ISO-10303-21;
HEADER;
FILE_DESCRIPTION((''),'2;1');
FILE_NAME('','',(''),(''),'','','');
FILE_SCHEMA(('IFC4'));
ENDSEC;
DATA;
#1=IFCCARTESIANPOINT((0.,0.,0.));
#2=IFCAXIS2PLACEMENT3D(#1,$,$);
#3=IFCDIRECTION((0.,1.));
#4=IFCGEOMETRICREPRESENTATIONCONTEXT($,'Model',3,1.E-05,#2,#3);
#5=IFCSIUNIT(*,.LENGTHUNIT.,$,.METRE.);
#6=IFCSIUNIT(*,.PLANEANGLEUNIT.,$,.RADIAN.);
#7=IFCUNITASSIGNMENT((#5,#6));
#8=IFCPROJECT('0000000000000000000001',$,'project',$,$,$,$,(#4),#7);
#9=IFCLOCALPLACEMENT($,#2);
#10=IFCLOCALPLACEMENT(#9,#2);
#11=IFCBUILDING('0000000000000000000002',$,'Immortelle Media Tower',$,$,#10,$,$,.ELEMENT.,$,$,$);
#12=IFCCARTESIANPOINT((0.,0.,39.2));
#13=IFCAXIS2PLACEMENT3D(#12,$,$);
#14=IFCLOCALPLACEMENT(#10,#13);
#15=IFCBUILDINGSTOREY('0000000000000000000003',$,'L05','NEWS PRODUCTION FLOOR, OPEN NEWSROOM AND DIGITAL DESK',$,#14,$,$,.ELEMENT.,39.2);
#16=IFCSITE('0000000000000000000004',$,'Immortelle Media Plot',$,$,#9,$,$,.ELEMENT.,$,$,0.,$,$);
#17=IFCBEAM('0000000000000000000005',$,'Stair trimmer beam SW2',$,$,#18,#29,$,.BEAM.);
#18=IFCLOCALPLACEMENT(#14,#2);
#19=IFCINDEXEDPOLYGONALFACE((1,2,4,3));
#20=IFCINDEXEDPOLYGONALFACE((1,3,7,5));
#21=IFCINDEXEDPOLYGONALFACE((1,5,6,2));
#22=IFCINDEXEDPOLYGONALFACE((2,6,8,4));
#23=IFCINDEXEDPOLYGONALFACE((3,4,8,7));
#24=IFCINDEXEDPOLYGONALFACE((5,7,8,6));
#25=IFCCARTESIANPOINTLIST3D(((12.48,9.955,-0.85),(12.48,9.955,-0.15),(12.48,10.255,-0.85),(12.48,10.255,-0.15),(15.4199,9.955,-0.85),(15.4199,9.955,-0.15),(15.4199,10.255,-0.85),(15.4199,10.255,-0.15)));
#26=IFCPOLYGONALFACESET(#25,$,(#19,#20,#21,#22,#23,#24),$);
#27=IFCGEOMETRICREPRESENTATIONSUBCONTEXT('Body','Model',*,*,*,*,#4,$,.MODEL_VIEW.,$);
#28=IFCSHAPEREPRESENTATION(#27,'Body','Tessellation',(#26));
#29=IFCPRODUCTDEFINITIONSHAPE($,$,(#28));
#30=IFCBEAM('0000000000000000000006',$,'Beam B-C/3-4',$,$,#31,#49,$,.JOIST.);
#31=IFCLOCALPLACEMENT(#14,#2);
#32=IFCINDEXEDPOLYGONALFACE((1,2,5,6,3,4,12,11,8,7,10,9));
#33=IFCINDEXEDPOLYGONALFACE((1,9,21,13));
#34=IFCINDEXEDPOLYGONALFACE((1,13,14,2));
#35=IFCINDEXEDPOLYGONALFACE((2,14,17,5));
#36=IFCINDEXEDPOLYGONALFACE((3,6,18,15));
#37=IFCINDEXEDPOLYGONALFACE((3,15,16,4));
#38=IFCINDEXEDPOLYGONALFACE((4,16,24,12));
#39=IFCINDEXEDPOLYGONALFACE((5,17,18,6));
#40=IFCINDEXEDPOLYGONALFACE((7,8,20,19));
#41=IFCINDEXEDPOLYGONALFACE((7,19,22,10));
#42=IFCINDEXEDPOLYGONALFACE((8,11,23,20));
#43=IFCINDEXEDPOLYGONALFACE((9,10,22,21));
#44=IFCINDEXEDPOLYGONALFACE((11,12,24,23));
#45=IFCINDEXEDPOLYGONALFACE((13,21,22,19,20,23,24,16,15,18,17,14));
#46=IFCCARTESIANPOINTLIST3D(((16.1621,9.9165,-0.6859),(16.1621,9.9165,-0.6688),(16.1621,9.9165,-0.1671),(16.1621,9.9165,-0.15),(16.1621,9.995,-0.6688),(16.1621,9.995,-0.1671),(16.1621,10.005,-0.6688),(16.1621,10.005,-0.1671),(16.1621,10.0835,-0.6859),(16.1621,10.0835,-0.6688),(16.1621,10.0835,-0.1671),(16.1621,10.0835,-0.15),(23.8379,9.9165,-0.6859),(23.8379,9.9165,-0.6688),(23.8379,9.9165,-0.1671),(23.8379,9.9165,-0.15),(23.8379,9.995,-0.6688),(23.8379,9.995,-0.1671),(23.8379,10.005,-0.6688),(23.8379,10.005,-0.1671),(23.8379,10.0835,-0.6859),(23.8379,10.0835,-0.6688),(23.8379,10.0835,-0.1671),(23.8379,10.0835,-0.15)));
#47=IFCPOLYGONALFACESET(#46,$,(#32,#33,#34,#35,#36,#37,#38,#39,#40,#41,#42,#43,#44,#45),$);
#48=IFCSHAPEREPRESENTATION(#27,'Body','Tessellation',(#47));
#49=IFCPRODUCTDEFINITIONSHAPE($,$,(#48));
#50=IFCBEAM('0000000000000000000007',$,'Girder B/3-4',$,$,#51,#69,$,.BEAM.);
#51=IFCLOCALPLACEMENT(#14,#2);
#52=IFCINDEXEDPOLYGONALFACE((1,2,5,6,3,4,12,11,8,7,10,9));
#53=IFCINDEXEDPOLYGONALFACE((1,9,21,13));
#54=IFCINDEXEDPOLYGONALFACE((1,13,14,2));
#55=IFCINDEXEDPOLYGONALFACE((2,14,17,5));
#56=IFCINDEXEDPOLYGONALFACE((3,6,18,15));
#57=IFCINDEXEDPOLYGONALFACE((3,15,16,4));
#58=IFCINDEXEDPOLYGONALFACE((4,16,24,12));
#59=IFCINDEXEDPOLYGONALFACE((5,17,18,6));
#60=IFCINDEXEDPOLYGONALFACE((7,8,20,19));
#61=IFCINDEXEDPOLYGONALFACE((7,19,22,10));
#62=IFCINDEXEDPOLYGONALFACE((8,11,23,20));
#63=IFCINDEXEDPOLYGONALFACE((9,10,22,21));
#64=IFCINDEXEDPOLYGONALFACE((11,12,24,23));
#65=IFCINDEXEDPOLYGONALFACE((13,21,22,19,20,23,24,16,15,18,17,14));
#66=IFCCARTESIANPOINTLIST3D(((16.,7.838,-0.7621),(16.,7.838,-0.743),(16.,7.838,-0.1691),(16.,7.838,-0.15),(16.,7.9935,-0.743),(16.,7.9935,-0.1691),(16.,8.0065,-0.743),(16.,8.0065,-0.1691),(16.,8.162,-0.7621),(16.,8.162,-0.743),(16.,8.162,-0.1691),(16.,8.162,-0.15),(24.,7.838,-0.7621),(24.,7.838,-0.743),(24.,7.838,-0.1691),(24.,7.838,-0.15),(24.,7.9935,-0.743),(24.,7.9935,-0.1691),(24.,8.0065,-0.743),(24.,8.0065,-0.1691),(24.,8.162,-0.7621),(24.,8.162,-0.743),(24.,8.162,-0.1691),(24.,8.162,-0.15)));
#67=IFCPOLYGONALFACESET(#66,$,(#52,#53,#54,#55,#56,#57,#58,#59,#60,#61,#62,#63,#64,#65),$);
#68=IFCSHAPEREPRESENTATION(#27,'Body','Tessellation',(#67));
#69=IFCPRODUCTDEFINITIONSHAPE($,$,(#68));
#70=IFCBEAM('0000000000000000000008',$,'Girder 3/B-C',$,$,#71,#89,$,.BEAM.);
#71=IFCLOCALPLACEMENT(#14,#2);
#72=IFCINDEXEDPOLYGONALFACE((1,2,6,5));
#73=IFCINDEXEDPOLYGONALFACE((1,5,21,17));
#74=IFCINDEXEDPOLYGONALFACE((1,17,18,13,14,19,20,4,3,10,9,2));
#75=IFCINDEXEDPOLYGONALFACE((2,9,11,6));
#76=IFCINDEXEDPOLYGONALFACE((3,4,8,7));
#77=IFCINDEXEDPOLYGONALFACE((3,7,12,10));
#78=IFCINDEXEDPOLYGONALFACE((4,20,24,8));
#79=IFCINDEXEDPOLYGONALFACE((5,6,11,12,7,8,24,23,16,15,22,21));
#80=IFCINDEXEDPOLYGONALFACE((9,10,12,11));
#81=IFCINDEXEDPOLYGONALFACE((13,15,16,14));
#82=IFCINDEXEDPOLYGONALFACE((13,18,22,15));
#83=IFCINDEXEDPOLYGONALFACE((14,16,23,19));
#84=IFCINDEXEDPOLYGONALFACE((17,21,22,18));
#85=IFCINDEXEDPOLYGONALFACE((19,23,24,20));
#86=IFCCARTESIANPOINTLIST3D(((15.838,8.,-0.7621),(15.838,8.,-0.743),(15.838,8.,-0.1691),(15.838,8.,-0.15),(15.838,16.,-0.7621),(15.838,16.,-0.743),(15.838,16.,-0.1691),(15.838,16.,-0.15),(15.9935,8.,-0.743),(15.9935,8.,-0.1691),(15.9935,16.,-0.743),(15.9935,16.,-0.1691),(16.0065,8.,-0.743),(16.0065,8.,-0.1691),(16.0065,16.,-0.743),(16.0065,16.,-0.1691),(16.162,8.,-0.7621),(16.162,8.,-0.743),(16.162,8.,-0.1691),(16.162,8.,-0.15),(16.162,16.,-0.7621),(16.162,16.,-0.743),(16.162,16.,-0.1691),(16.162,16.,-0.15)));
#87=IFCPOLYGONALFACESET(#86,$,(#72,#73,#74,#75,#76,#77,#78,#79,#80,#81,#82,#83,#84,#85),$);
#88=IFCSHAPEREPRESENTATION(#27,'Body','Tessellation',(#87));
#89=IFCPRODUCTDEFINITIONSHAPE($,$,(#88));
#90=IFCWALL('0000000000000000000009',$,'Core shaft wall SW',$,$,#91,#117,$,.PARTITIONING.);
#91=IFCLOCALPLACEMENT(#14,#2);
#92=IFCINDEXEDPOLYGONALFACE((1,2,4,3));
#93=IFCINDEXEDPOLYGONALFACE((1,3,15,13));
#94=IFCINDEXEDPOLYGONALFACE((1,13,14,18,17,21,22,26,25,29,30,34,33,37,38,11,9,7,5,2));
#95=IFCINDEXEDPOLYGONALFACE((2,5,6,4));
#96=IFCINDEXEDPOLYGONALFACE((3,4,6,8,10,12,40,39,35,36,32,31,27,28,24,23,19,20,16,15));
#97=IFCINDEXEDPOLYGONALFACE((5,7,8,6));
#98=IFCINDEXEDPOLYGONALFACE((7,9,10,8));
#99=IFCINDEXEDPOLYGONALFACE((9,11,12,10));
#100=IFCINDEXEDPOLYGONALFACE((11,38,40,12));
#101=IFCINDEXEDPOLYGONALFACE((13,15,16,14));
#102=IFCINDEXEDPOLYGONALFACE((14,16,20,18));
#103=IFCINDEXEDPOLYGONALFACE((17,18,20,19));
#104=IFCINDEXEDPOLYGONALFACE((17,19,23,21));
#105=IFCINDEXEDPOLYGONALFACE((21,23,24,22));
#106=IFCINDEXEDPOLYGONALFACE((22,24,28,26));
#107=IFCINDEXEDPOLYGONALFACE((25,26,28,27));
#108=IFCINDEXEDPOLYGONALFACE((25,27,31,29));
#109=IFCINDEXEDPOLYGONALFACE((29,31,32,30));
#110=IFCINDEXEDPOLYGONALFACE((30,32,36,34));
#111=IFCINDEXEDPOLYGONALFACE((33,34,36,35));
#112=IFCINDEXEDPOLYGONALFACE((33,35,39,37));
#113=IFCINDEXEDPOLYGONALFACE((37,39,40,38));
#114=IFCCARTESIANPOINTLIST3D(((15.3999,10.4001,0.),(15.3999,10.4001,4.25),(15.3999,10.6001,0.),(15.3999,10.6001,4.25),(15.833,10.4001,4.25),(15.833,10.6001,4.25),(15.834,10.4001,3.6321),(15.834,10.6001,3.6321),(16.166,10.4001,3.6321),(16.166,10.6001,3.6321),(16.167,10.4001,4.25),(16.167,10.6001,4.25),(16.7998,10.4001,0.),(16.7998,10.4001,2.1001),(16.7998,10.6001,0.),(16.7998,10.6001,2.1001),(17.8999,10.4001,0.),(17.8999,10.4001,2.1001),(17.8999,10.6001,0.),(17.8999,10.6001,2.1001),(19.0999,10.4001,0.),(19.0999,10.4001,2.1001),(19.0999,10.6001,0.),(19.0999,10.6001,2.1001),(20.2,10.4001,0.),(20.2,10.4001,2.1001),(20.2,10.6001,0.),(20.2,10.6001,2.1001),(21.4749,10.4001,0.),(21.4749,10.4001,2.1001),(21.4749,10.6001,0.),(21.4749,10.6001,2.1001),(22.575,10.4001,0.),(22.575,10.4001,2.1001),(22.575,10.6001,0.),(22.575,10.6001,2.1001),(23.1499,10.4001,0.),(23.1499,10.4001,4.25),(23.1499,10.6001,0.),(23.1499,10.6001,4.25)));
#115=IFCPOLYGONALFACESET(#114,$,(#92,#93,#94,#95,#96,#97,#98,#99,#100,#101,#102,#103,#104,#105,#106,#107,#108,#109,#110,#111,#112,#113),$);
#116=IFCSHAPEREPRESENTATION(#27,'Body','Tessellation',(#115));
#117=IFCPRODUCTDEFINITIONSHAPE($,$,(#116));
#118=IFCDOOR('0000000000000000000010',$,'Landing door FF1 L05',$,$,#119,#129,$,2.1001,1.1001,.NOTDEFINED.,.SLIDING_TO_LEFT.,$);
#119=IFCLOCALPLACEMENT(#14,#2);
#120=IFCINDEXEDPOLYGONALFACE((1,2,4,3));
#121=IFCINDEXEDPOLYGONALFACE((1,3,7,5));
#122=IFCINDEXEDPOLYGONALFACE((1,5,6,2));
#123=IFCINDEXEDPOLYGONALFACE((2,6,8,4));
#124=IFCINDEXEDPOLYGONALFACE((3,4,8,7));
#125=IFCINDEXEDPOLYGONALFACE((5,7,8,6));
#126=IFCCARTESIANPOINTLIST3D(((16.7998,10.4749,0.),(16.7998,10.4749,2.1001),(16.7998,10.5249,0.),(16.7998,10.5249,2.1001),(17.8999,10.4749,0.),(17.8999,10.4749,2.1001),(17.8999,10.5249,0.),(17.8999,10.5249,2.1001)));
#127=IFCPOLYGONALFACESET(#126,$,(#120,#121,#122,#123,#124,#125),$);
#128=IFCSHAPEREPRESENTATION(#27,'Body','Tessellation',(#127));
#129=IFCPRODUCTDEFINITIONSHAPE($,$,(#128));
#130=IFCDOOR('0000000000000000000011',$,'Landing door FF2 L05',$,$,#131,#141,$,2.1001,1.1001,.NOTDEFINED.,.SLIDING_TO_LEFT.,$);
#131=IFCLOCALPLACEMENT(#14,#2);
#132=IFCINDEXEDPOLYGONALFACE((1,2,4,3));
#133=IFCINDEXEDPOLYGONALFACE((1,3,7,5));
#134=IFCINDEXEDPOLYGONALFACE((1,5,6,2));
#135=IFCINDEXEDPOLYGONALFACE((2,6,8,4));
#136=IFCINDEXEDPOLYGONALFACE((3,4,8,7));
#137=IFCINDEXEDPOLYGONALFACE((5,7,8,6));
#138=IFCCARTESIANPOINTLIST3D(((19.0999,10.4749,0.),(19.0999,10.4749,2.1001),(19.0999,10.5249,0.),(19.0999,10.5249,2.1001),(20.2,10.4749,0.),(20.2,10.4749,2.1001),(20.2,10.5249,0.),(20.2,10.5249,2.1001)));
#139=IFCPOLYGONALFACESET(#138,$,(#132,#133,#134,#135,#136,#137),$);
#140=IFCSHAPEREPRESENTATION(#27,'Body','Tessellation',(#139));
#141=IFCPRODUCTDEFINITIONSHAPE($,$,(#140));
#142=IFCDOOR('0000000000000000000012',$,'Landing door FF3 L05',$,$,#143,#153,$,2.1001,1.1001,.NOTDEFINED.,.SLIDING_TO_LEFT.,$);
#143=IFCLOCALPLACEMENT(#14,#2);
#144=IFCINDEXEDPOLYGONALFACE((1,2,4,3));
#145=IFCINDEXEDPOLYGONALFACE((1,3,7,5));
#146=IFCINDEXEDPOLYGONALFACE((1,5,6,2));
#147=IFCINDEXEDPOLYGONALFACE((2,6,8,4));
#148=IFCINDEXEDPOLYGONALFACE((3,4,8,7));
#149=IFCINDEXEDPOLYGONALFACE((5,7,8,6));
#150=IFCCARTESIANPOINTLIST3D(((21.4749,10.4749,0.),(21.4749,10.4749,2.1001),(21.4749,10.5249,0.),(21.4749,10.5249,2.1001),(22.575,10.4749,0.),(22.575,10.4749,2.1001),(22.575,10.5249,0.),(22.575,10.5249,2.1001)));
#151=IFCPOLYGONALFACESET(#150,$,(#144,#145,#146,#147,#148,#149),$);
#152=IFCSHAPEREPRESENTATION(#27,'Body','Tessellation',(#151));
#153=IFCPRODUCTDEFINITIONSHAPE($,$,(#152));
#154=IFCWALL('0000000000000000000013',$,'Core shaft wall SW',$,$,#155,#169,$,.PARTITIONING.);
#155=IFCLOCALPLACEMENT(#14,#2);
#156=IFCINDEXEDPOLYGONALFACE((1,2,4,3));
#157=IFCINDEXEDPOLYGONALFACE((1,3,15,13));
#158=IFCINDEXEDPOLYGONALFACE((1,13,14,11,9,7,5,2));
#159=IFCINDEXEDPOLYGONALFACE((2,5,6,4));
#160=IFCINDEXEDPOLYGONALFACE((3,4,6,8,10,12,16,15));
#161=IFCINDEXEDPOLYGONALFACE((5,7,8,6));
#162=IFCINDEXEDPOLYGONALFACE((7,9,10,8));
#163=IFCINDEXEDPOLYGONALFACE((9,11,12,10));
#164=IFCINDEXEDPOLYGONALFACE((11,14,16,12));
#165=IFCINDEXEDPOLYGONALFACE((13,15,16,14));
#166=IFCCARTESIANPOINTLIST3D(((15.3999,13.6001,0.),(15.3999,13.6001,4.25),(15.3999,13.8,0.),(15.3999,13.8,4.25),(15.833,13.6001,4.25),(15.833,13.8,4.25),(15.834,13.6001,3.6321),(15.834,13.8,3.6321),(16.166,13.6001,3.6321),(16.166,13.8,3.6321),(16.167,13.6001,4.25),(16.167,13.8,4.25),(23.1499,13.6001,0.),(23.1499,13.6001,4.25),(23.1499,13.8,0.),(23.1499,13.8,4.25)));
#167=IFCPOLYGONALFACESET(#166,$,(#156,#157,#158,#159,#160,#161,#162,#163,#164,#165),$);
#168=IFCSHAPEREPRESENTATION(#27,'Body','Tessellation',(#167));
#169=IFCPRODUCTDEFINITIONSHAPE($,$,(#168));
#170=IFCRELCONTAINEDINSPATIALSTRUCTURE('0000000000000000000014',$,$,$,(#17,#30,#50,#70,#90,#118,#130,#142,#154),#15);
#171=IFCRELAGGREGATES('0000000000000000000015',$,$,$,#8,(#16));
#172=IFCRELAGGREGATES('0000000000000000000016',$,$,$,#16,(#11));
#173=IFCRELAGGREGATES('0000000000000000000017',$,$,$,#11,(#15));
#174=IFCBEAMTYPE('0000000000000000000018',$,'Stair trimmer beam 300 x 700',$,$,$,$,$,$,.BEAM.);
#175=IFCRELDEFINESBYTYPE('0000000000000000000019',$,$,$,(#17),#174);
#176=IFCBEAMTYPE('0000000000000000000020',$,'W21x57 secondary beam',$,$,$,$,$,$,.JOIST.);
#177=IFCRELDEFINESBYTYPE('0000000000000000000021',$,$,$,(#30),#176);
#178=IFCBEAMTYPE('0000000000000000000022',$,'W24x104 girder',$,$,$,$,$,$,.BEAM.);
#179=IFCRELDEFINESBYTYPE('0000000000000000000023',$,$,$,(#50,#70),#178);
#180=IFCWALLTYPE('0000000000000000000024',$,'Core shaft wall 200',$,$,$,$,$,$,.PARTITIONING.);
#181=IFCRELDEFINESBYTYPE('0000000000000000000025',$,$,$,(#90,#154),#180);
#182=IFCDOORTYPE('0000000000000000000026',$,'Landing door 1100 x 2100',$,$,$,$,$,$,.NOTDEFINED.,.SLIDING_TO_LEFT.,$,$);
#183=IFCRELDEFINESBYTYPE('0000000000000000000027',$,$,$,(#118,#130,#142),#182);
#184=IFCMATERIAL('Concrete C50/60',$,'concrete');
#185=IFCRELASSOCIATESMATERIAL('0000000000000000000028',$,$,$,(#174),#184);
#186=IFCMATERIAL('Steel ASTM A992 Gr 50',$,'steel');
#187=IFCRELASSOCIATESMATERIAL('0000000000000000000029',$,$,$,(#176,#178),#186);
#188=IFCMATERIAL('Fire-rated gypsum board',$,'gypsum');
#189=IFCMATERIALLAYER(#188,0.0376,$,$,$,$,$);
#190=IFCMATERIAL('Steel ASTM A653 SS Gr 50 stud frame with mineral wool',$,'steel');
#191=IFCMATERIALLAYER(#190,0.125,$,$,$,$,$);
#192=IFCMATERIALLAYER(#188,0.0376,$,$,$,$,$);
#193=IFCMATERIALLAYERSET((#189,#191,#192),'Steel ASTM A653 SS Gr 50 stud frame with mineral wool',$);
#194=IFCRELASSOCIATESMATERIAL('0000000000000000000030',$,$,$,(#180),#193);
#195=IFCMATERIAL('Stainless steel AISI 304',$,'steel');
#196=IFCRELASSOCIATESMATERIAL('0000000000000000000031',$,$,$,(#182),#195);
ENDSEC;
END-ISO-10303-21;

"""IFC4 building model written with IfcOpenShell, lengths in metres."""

from ifc_helpers import new_model, si_unit, direction, frame, frame_2d, origin, origin_2d, place, context, subcontext, project, spatial, polyline, rectangle, i_section, outline, extrude, material, layer, layer_set, material_profile, profile_set, type_object, element, fill, save


model = new_model("IFC4")

# Units and contexts
model_context = context("Model", 3, precision=1e-05, world=origin(), true_north=direction((0.0, 1.0)))
body_context = subcontext(model_context, "Body", "Model", "MODEL_VIEW")
ifc_project = project(units=[si_unit("LENGTHUNIT", "METRE"), si_unit("PLANEANGLEUNIT", "RADIAN")], contexts=[model_context])

# Site, building, storey
site_placement = place(None, origin())
site = spatial("IfcSite", under=ifc_project, at=site_placement, Name="Immortelle Media Plot", CompositionType="ELEMENT", RefElevation=0.0)
building_placement = place(site_placement, origin())
building = spatial("IfcBuilding", under=site, at=building_placement, Name="Immortelle Media Tower", CompositionType="ELEMENT")
storey_placement = place(building_placement, frame((0.0, 0.0, 39.2)))
storey = spatial("IfcBuildingStorey", under=building, at=storey_placement, Name="L05", Description="NEWS PRODUCTION FLOOR, OPEN NEWSROOM AND DIGITAL DESK", CompositionType="ELEMENT", Elevation=39.2)

# Beams
ifc_material_1 = material(Name="Concrete C50/60", Category="concrete")
ifc_material_profile_1 = material_profile(ifc_material_1, rectangle(XDim=0.3, YDim=0.7, at=origin_2d()), Name="RC 300x700")
ifc_profile_set_1 = profile_set([ifc_material_profile_1], Name="Concrete C50/60")
beam_type_1 = type_object("IfcBeamType", Name="Stair trimmer beam 300 x 700", PredefinedType="BEAM", material=ifc_profile_set_1)
beam_1_placement = place(storey_placement, frame((12.48, 10.105, -0.5), z_axis=(1.0, 0.0, 0.0), x_axis=(0.0, 1.0, 0.0)))
element("IfcBeam", 1, at=beam_1_placement, inside=storey, type_object=beam_type_1, Name="Stair trimmer beam SW2", PredefinedType="BEAM", context=body_context, shape_type="SweptSolid", body=[
    extrude(rectangle(XDim=0.3, YDim=0.7, at=origin_2d()), origin(), (0.0, 0.0, 1.0), 2.9399),
])
ifc_material_2 = material(Name="Steel ASTM A992 Gr 50", Category="steel")
ifc_material_profile_2 = material_profile(ifc_material_2, i_section(OverallWidth=0.167, OverallDepth=0.5359, WebThickness=0.01, FlangeThickness=0.0171, at=origin_2d()), Name="W21x57")
ifc_profile_set_2 = profile_set([ifc_material_profile_2], Name="Steel ASTM A992 Gr 50")
beam_type_2 = type_object("IfcBeamType", Name="W21x57 secondary beam", PredefinedType="JOIST", material=ifc_profile_set_2)
beam_2_placement = place(storey_placement, frame((16.1621, 10.0, -0.418), z_axis=(1.0, 0.0, 0.0), x_axis=(0.0, 1.0, 0.0)))
element("IfcBeam", 2, at=beam_2_placement, inside=storey, type_object=beam_type_2, Name="Beam B-C/3-4", PredefinedType="JOIST", context=body_context, shape_type="SweptSolid", body=[
    extrude(i_section(OverallWidth=0.167, OverallDepth=0.5359, WebThickness=0.01, FlangeThickness=0.0171, at=origin_2d()), origin(), (0.0, 0.0, 1.0), 7.6758),
])
ifc_material_profile_3 = material_profile(ifc_material_2, i_section(OverallWidth=0.324, OverallDepth=0.6121, WebThickness=0.0129, FlangeThickness=0.019, at=origin_2d()), Name="W24x104")
ifc_profile_set_3 = profile_set([ifc_material_profile_3], Name="Steel ASTM A992 Gr 50")
beam_type_3 = type_object("IfcBeamType", Name="W24x104 girder", PredefinedType="BEAM", material=ifc_profile_set_3)
for number, where, z_axis, x_axis, name in (
    (3, (16.0, 8.0, -0.4561), (1.0, 0.0, 0.0), (0.0, 1.0, 0.0), "Girder B/3-4"),
    (4, (16.0, 8.0, -0.4561), (0.0, 1.0, 0.0), (-1.0, 0.0, 0.0), "Girder 3/B-C"),
):
    element("IfcBeam", number, at=place(storey_placement, frame(where, z_axis=z_axis, x_axis=x_axis)), inside=storey, type_object=beam_type_3, Name=name, PredefinedType="BEAM", context=body_context, shape_type="SweptSolid", body=[
        extrude(i_section(OverallWidth=0.324, OverallDepth=0.6121, WebThickness=0.0129, FlangeThickness=0.019, at=origin_2d()), origin(), (0.0, 0.0, 1.0), 8.0),
    ])

# Wall, openings, doors
ifc_material_3 = material(Name="Fire-rated gypsum board", Category="gypsum")
ifc_layer_1 = layer(ifc_material_3, 0.0376)
ifc_material_4 = material(Name="Steel ASTM A653 SS Gr 50 stud frame with mineral wool", Category="steel")
ifc_layer_2 = layer(ifc_material_4, 0.125)
ifc_layer_3 = layer(ifc_material_3, 0.0376)
ifc_layer_set_1 = layer_set([ifc_layer_1, ifc_layer_2, ifc_layer_3], Name="Steel ASTM A653 SS Gr 50 stud frame with mineral wool")
wall_type_1 = type_object("IfcWallType", Name="Core shaft wall 200", PredefinedType="PARTITIONING", material=ifc_layer_set_1)
wall_1_placement = place(storey_placement, frame((15.3999, 10.5, 0.0), z_axis=(0.0, 0.0, 1.0), x_axis=(1.0, 0.0, 0.0)))
wall_1 = element("IfcWall", 5, at=wall_1_placement, inside=storey, type_object=wall_type_1, Name="Core shaft wall SW", PredefinedType="PARTITIONING", context=body_context, shape_type="SweptSolid", body=[
    extrude(outline(polyline([(0.0, 0.0), (7.75, 0.0), (7.75, 4.25), (0.7671, 4.25), (0.7661, 3.6321), (0.4341, 3.6321), (0.4331, 4.25), (0.0, 4.25), (0.0, 0.0)])), frame((0.0, 0.1001, 0.0), z_axis=(0.0, -1.0, 0.0), x_axis=(1.0, 0.0, 0.0)), (0.0, 0.0, 1.0), 0.2),
])
opening_1_placement = place(wall_1_placement, frame((1.3999, 0.0, 0.0)))
opening_1 = element("IfcOpeningElement", 6, at=opening_1_placement, cuts=wall_1, PredefinedType="OPENING", context=body_context, shape_type="SweptSolid", body=[
    extrude(rectangle(XDim=1.1001, YDim=2.1001, at=frame_2d((0.55, 1.05))), frame((0.0, 0.1099, 0.0), z_axis=(0.0, -1.0, 0.0), x_axis=(1.0, 0.0, 0.0)), (0.0, 0.0, 1.0), 0.22),
])
opening_2_placement = place(wall_1_placement, frame((3.7, 0.0, 0.0)))
opening_2 = element("IfcOpeningElement", 7, at=opening_2_placement, cuts=wall_1, PredefinedType="OPENING", context=body_context, shape_type="SweptSolid", body=[
    extrude(rectangle(XDim=1.1001, YDim=2.1001, at=frame_2d((0.55, 1.05))), frame((0.0, 0.1099, 0.0), z_axis=(0.0, -1.0, 0.0), x_axis=(1.0, 0.0, 0.0)), (0.0, 0.0, 1.0), 0.22),
])
opening_3_placement = place(wall_1_placement, frame((6.075, 0.0, 0.0)))
opening_3 = element("IfcOpeningElement", 8, at=opening_3_placement, cuts=wall_1, PredefinedType="OPENING", context=body_context, shape_type="SweptSolid", body=[
    extrude(rectangle(XDim=1.1001, YDim=2.1001, at=frame_2d((0.55, 1.05))), frame((0.0, 0.1099, 0.0), z_axis=(0.0, -1.0, 0.0), x_axis=(1.0, 0.0, 0.0)), (0.0, 0.0, 1.0), 0.22),
])
ifc_material_5 = material(Name="Stainless steel AISI 304", Category="steel")
door_type_1 = type_object("IfcDoorType", Name="Landing door 1100 x 2100", OperationType="SLIDING_TO_LEFT", PredefinedType="NOTDEFINED", material=ifc_material_5)
door_1_placement = place(opening_1_placement, origin())
door_1 = element("IfcDoor", 9, at=door_1_placement, inside=storey, type_object=door_type_1, Name="Landing door FF1 L05", OperationType="SLIDING_TO_LEFT", OverallHeight=2.1001, OverallWidth=1.1001, PredefinedType="NOTDEFINED", context=body_context, shape_type="SweptSolid", body=[
    extrude(rectangle(XDim=1.1001, YDim=2.1001, at=frame_2d((0.55, 1.05))), frame((0.0, 0.0249, 0.0), z_axis=(0.0, -1.0, 0.0), x_axis=(1.0, 0.0, 0.0)), (0.0, 0.0, 1.0), 0.05),
])
fill(opening_1, door_1)
door_2_placement = place(opening_2_placement, origin())
door_2 = element("IfcDoor", 10, at=door_2_placement, inside=storey, type_object=door_type_1, Name="Landing door FF2 L05", OperationType="SLIDING_TO_LEFT", OverallHeight=2.1001, OverallWidth=1.1001, PredefinedType="NOTDEFINED", context=body_context, shape_type="SweptSolid", body=[
    extrude(rectangle(XDim=1.1001, YDim=2.1001, at=frame_2d((0.55, 1.05))), frame((0.0, 0.0249, 0.0), z_axis=(0.0, -1.0, 0.0), x_axis=(1.0, 0.0, 0.0)), (0.0, 0.0, 1.0), 0.05),
])
fill(opening_2, door_2)
door_3_placement = place(opening_3_placement, origin())
door_3 = element("IfcDoor", 11, at=door_3_placement, inside=storey, type_object=door_type_1, Name="Landing door FF3 L05", OperationType="SLIDING_TO_LEFT", OverallHeight=2.1001, OverallWidth=1.1001, PredefinedType="NOTDEFINED", context=body_context, shape_type="SweptSolid", body=[
    extrude(rectangle(XDim=1.1001, YDim=2.1001, at=frame_2d((0.55, 1.05))), frame((0.0, 0.0249, 0.0), z_axis=(0.0, -1.0, 0.0), x_axis=(1.0, 0.0, 0.0)), (0.0, 0.0, 1.0), 0.05),
])
fill(opening_3, door_3)

# Wall
wall_2_placement = place(storey_placement, frame((15.3999, 13.7, 0.0), z_axis=(0.0, 0.0, 1.0), x_axis=(1.0, 0.0, 0.0)))
element("IfcWall", 12, at=wall_2_placement, inside=storey, type_object=wall_type_1, Name="Core shaft wall SW", PredefinedType="PARTITIONING", context=body_context, shape_type="SweptSolid", body=[
    extrude(outline(polyline([(0.0, 0.0), (7.75, 0.0), (7.75, 4.25), (0.7671, 4.25), (0.7661, 3.6321), (0.4341, 3.6321), (0.4331, 4.25), (0.0, 4.25), (0.0, 0.0)])), frame((0.0, 0.1001, 0.0), z_axis=(0.0, -1.0, 0.0), x_axis=(1.0, 0.0, 0.0)), (0.0, 0.0, 1.0), 0.2),
])

save(model, "model.ifc")
